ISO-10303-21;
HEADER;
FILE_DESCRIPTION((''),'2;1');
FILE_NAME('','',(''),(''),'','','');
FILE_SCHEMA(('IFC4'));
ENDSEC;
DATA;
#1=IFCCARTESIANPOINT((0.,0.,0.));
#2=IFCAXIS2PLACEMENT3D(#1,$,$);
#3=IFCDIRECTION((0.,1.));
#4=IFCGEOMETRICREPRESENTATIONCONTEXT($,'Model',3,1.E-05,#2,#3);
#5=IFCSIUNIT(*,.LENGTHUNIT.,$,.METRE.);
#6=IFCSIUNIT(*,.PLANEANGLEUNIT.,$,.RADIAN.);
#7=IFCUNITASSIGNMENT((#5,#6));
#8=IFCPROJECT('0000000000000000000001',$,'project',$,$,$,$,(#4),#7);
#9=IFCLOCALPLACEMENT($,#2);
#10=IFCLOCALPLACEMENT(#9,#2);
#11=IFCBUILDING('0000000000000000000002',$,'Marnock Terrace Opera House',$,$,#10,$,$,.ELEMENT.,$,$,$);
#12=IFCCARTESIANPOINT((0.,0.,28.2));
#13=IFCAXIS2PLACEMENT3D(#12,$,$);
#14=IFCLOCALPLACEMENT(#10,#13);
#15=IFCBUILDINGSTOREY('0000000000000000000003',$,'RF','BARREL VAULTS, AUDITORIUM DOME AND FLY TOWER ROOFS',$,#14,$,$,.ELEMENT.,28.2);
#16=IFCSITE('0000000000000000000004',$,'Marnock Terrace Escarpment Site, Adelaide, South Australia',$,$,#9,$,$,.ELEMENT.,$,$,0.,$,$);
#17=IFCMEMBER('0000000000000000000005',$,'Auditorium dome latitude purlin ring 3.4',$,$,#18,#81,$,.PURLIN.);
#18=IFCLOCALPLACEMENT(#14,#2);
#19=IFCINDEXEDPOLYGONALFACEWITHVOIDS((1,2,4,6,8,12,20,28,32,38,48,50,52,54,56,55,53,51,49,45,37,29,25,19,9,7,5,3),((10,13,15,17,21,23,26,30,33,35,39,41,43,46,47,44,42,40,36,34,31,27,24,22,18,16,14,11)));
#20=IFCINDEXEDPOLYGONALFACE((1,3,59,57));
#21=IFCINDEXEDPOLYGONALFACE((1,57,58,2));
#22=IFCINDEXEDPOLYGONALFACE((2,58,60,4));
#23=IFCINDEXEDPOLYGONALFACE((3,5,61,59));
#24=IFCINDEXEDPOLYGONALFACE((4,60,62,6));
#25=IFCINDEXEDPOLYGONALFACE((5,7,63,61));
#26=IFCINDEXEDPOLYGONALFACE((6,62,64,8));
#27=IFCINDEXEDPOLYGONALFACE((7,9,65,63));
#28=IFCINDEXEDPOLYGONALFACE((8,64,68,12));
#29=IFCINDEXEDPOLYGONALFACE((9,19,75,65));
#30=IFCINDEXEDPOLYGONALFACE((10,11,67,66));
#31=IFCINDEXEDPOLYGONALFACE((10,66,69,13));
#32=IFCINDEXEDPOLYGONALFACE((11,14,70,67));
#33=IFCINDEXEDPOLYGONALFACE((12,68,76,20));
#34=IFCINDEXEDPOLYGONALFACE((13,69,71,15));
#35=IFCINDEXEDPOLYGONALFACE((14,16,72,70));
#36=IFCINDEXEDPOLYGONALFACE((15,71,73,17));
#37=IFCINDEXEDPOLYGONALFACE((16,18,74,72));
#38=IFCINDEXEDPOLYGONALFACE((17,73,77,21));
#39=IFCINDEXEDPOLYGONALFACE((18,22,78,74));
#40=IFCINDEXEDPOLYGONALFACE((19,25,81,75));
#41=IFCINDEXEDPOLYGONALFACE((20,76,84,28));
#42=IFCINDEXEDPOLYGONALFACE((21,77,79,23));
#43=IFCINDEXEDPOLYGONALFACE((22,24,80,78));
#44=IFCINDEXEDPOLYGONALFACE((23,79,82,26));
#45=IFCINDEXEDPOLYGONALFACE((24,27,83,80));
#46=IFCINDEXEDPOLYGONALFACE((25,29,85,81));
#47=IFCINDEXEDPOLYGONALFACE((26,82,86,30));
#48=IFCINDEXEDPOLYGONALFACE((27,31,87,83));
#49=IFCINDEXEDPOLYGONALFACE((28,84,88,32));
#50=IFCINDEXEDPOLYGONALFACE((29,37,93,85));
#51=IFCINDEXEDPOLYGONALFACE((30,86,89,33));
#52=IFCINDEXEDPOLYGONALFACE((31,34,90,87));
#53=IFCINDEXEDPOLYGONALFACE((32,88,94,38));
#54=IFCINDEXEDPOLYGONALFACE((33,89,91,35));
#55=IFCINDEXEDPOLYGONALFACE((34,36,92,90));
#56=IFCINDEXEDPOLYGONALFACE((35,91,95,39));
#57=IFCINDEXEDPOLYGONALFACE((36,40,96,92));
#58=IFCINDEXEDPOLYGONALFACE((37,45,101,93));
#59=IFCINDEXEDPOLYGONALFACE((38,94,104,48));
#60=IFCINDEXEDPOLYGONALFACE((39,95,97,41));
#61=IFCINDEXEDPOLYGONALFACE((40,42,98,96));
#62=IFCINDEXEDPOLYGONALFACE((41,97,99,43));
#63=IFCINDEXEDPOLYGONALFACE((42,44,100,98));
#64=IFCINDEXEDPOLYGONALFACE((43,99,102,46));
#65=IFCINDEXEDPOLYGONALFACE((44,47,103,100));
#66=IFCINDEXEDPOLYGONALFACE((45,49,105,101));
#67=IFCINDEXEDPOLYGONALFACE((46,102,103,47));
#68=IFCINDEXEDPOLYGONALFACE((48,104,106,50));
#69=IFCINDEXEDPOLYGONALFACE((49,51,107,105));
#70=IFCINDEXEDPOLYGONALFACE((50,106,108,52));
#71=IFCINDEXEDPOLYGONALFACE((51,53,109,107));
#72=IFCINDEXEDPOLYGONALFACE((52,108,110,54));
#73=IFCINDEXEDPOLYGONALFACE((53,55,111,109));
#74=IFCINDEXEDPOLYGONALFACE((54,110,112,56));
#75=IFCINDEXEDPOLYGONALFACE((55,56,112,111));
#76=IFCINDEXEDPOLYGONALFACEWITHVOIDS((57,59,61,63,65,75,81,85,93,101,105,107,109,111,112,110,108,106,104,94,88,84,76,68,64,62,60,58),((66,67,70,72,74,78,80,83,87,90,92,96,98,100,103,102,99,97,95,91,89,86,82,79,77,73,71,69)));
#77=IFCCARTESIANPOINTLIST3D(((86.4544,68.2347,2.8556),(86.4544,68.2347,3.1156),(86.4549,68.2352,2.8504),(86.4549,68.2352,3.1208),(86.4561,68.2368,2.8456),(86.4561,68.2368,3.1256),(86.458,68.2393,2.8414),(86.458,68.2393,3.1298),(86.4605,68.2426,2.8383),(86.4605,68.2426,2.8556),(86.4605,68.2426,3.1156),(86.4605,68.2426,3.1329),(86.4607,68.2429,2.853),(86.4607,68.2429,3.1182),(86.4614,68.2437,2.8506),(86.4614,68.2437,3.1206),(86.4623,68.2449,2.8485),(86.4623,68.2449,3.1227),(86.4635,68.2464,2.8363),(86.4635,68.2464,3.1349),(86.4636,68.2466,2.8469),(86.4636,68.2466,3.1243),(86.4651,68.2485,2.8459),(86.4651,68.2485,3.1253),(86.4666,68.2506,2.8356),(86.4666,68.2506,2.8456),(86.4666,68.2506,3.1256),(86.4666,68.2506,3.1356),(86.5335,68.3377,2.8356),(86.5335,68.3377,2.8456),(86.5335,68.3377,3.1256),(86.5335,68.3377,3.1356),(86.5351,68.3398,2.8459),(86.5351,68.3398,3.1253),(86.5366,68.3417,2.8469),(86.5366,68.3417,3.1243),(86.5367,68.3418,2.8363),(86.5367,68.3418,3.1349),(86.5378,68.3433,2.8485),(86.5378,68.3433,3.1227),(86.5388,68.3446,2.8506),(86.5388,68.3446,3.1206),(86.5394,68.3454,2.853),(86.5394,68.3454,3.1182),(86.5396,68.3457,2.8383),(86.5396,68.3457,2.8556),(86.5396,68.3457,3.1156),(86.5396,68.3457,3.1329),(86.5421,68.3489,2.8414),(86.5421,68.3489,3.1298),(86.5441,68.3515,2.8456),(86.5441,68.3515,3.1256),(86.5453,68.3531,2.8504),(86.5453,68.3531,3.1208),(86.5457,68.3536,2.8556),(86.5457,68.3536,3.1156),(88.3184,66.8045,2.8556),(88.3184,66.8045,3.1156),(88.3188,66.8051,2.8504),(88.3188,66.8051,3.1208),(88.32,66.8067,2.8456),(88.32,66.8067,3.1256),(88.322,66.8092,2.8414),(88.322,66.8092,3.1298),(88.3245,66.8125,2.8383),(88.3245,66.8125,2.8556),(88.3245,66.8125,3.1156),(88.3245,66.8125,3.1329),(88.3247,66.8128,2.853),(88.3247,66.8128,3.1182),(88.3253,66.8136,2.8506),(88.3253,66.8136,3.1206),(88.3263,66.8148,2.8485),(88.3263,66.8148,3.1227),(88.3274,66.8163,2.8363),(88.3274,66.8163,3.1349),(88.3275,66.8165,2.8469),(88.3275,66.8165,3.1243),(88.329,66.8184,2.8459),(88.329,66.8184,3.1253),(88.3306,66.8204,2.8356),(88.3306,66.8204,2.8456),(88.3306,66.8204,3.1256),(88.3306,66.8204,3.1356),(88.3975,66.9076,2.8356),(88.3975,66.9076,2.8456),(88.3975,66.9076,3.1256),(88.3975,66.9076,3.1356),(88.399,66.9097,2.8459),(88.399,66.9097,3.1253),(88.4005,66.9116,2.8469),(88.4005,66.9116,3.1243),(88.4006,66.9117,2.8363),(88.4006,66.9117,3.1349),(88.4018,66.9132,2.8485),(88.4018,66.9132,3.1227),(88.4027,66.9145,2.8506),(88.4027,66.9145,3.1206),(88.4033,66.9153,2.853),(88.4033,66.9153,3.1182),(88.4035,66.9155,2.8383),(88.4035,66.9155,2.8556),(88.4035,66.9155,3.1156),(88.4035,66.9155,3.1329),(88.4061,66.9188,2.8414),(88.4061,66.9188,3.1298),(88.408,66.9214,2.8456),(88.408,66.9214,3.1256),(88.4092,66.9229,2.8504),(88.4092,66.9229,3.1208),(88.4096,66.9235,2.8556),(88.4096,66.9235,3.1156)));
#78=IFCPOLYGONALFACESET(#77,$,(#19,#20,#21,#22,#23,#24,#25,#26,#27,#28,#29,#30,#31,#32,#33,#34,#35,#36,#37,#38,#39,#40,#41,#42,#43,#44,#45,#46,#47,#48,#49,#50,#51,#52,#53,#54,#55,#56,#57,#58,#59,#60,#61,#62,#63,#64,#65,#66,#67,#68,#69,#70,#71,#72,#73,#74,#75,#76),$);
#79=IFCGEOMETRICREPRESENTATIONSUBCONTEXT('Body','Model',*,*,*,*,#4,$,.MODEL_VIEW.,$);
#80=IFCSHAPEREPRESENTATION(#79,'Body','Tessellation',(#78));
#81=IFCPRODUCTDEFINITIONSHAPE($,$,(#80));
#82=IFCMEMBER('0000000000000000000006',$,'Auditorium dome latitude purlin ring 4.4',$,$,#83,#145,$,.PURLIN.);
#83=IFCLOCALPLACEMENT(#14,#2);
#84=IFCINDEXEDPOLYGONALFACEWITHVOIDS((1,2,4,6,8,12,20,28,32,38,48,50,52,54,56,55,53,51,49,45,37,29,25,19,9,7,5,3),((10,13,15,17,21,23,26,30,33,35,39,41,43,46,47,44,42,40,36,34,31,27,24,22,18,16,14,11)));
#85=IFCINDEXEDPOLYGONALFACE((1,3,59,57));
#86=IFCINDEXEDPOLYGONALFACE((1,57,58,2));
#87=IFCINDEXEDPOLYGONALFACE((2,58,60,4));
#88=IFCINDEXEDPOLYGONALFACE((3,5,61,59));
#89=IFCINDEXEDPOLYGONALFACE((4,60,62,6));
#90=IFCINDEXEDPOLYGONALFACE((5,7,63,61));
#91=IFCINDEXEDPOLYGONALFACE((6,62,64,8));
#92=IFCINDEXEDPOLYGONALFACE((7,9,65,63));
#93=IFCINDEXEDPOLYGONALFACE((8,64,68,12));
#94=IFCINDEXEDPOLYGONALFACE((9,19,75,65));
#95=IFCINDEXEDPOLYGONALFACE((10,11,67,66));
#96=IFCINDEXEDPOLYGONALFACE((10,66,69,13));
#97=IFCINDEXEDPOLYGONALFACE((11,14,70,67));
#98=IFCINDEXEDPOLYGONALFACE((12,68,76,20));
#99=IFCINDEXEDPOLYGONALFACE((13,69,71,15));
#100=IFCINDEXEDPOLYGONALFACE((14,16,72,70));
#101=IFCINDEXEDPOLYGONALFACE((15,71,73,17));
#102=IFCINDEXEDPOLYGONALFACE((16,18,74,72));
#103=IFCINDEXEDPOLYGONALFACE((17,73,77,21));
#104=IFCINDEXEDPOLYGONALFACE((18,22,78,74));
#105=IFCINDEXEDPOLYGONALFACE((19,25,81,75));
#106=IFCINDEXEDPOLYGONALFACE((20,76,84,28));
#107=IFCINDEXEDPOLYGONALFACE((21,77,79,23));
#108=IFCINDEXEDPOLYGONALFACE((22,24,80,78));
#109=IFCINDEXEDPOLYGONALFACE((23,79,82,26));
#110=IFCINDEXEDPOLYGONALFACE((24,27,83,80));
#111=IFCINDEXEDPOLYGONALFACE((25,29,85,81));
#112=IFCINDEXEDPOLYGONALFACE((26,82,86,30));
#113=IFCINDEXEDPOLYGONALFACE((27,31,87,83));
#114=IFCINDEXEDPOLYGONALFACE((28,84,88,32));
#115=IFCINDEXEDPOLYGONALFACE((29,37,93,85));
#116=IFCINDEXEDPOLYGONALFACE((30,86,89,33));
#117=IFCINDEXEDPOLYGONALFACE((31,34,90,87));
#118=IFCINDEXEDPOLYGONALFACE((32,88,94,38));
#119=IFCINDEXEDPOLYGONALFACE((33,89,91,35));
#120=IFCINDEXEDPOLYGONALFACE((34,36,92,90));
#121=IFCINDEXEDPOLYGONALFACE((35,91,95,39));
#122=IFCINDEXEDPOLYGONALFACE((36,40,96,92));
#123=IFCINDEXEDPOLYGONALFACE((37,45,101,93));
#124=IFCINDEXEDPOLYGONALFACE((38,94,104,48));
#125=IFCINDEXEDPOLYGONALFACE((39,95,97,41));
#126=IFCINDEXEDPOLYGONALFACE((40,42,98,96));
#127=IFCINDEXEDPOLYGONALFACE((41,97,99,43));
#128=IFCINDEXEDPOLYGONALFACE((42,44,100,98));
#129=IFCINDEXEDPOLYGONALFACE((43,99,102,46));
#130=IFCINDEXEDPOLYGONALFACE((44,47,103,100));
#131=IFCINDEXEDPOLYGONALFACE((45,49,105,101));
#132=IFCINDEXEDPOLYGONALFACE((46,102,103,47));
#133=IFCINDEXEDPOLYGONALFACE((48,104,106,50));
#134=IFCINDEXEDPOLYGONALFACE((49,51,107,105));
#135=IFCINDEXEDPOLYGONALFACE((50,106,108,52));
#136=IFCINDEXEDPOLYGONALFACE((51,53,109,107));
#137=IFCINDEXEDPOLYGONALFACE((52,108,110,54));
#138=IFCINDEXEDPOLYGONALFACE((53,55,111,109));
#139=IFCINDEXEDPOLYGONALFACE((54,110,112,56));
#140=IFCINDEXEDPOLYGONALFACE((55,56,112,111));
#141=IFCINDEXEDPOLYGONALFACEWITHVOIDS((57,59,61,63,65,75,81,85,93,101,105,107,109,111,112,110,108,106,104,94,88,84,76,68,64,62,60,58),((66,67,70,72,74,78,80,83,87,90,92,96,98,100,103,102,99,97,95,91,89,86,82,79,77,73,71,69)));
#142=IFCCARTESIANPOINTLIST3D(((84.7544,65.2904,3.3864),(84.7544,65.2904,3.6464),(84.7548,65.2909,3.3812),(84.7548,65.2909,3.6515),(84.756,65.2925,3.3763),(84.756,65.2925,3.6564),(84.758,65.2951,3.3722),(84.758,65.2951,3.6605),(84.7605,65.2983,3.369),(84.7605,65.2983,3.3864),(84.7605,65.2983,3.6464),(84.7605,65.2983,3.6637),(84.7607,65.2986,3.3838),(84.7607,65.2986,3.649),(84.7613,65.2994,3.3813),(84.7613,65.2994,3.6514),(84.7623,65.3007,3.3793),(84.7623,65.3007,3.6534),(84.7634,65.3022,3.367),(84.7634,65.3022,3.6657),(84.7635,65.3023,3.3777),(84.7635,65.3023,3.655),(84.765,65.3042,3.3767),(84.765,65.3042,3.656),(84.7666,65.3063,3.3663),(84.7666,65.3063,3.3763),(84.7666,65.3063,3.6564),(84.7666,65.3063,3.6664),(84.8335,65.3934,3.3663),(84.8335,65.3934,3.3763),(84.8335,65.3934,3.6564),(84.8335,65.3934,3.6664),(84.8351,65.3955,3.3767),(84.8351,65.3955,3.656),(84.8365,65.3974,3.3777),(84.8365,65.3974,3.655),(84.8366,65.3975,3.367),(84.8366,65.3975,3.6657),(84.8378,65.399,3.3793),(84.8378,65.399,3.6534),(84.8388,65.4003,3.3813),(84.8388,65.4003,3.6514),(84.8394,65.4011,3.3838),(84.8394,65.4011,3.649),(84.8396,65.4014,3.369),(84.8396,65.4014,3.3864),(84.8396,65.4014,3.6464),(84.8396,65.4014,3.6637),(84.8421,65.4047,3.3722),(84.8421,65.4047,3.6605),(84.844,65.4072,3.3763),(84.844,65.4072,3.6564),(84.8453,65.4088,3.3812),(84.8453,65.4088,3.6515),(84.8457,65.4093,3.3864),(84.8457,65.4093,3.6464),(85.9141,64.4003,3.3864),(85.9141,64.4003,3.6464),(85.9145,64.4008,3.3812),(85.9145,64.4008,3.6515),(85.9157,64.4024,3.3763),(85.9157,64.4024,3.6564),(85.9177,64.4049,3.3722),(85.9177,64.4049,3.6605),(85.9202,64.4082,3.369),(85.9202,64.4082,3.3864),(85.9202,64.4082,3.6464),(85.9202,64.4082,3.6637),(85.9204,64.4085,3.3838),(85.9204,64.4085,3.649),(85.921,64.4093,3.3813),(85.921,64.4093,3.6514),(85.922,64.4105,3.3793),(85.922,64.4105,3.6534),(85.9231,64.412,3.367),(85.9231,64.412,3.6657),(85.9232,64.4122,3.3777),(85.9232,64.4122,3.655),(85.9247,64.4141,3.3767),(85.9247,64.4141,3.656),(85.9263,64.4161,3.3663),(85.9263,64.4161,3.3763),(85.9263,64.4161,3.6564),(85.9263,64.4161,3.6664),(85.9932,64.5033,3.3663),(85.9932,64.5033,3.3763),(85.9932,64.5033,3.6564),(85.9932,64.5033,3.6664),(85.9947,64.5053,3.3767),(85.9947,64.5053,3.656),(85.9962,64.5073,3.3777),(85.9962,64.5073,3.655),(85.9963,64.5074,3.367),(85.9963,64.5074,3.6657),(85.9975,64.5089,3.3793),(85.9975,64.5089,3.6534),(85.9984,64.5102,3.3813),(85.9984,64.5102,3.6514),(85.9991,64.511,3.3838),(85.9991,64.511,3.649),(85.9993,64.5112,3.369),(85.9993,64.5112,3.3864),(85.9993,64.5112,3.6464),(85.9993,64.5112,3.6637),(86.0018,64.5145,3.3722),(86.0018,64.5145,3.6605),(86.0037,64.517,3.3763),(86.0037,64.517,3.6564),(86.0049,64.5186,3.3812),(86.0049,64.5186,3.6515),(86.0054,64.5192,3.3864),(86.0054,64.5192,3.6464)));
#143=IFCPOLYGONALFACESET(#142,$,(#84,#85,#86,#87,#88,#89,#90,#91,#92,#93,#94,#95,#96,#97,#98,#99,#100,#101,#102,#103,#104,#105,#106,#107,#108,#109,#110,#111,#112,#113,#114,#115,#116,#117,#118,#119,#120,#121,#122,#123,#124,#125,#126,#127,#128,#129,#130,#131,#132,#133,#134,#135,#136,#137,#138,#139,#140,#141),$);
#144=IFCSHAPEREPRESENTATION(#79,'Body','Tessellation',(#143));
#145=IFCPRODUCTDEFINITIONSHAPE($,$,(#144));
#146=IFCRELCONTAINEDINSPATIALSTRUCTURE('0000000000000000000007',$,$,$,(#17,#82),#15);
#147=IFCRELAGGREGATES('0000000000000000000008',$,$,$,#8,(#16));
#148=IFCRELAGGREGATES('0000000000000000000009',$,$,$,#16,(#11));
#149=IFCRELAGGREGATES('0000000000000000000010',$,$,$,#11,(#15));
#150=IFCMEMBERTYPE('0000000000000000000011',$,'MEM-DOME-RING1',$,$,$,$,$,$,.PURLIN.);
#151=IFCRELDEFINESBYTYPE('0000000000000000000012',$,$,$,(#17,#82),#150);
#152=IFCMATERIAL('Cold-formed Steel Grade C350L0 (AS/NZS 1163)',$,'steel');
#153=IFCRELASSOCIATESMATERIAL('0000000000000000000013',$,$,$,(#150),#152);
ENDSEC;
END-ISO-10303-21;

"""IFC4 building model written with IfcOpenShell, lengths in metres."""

from ifc_helpers import new_model, si_unit, direction, frame, origin, origin_2d, place, context, subcontext, project, spatial, hollow_rectangle, extrude, material, material_profile, profile_set, type_object, element, save


model = new_model("IFC4")

# Units and contexts
model_context = context("Model", 3, precision=1e-05, world=origin(), true_north=direction((0.0, 1.0)))
body_context = subcontext(model_context, "Body", "Model", "MODEL_VIEW")
ifc_project = project(units=[si_unit("LENGTHUNIT", "METRE"), si_unit("PLANEANGLEUNIT", "RADIAN")], contexts=[model_context])

# Site, building, storey
site_placement = place(None, origin())
site = spatial("IfcSite", under=ifc_project, at=site_placement, Name="Marnock Terrace Escarpment Site, Adelaide, South Australia", CompositionType="ELEMENT", RefElevation=0.0)
building_placement = place(site_placement, origin())
building = spatial("IfcBuilding", under=site, at=building_placement, Name="Marnock Terrace Opera House", CompositionType="ELEMENT")
storey_placement = place(building_placement, frame((0.0, 0.0, 28.2)))
storey = spatial("IfcBuildingStorey", under=building, at=storey_placement, Name="RF", Description="BARREL VAULTS, AUDITORIUM DOME AND FLY TOWER ROOFS", CompositionType="ELEMENT", Elevation=28.2)

# Members
ifc_material_1 = material(Name="Cold-formed Steel Grade C350L0 (AS/NZS 1163)", Category="steel")
ifc_material_profile_1 = material_profile(ifc_material_1, hollow_rectangle(XDim=0.1499, YDim=0.3, WallThickness=0.01, InnerFilletRadius=0.01, OuterFilletRadius=0.02, at=origin_2d()))
ifc_profile_set_1 = profile_set([ifc_material_profile_1], Name="Cold-formed Steel Grade C350L0 (AS/NZS 1163)")
member_type_1 = type_object("IfcMemberType", Name="MEM-DOME-RING1", PredefinedType="PURLIN", material=ifc_profile_set_1)
member_1_placement = place(storey_placement, frame((88.364, 66.864, 2.9856), z_axis=(-0.793381, 0.608726, 0.0), x_axis=(-0.608726, -0.793381, 0.0)))
element("IfcMember", 1, at=member_1_placement, inside=storey, type_object=member_type_1, Name="Auditorium dome latitude purlin ring 3.4", PredefinedType="PURLIN", context=body_context, shape_type="SweptSolid", body=[
    extrude(hollow_rectangle(XDim=0.1499, YDim=0.3, WallThickness=0.01, InnerFilletRadius=0.01, OuterFilletRadius=0.02, at=origin_2d()), origin(), (0.0, 0.0, 1.0), 2.3494),
])
member_2_placement = place(storey_placement, frame((85.9597, 64.4597, 3.5164), z_axis=(-0.793257, 0.608887, 0.0), x_axis=(-0.608887, -0.793257, 0.0)))
element("IfcMember", 2, at=member_2_placement, inside=storey, type_object=member_type_1, Name="Auditorium dome latitude purlin ring 4.4", PredefinedType="PURLIN", context=body_context, shape_type="SweptSolid", body=[
    extrude(hollow_rectangle(XDim=0.1499, YDim=0.3, WallThickness=0.01, InnerFilletRadius=0.01, OuterFilletRadius=0.02, at=origin_2d()), origin(), (0.0, 0.0, 1.0), 1.4619),
])

save(model, "model.ifc")
